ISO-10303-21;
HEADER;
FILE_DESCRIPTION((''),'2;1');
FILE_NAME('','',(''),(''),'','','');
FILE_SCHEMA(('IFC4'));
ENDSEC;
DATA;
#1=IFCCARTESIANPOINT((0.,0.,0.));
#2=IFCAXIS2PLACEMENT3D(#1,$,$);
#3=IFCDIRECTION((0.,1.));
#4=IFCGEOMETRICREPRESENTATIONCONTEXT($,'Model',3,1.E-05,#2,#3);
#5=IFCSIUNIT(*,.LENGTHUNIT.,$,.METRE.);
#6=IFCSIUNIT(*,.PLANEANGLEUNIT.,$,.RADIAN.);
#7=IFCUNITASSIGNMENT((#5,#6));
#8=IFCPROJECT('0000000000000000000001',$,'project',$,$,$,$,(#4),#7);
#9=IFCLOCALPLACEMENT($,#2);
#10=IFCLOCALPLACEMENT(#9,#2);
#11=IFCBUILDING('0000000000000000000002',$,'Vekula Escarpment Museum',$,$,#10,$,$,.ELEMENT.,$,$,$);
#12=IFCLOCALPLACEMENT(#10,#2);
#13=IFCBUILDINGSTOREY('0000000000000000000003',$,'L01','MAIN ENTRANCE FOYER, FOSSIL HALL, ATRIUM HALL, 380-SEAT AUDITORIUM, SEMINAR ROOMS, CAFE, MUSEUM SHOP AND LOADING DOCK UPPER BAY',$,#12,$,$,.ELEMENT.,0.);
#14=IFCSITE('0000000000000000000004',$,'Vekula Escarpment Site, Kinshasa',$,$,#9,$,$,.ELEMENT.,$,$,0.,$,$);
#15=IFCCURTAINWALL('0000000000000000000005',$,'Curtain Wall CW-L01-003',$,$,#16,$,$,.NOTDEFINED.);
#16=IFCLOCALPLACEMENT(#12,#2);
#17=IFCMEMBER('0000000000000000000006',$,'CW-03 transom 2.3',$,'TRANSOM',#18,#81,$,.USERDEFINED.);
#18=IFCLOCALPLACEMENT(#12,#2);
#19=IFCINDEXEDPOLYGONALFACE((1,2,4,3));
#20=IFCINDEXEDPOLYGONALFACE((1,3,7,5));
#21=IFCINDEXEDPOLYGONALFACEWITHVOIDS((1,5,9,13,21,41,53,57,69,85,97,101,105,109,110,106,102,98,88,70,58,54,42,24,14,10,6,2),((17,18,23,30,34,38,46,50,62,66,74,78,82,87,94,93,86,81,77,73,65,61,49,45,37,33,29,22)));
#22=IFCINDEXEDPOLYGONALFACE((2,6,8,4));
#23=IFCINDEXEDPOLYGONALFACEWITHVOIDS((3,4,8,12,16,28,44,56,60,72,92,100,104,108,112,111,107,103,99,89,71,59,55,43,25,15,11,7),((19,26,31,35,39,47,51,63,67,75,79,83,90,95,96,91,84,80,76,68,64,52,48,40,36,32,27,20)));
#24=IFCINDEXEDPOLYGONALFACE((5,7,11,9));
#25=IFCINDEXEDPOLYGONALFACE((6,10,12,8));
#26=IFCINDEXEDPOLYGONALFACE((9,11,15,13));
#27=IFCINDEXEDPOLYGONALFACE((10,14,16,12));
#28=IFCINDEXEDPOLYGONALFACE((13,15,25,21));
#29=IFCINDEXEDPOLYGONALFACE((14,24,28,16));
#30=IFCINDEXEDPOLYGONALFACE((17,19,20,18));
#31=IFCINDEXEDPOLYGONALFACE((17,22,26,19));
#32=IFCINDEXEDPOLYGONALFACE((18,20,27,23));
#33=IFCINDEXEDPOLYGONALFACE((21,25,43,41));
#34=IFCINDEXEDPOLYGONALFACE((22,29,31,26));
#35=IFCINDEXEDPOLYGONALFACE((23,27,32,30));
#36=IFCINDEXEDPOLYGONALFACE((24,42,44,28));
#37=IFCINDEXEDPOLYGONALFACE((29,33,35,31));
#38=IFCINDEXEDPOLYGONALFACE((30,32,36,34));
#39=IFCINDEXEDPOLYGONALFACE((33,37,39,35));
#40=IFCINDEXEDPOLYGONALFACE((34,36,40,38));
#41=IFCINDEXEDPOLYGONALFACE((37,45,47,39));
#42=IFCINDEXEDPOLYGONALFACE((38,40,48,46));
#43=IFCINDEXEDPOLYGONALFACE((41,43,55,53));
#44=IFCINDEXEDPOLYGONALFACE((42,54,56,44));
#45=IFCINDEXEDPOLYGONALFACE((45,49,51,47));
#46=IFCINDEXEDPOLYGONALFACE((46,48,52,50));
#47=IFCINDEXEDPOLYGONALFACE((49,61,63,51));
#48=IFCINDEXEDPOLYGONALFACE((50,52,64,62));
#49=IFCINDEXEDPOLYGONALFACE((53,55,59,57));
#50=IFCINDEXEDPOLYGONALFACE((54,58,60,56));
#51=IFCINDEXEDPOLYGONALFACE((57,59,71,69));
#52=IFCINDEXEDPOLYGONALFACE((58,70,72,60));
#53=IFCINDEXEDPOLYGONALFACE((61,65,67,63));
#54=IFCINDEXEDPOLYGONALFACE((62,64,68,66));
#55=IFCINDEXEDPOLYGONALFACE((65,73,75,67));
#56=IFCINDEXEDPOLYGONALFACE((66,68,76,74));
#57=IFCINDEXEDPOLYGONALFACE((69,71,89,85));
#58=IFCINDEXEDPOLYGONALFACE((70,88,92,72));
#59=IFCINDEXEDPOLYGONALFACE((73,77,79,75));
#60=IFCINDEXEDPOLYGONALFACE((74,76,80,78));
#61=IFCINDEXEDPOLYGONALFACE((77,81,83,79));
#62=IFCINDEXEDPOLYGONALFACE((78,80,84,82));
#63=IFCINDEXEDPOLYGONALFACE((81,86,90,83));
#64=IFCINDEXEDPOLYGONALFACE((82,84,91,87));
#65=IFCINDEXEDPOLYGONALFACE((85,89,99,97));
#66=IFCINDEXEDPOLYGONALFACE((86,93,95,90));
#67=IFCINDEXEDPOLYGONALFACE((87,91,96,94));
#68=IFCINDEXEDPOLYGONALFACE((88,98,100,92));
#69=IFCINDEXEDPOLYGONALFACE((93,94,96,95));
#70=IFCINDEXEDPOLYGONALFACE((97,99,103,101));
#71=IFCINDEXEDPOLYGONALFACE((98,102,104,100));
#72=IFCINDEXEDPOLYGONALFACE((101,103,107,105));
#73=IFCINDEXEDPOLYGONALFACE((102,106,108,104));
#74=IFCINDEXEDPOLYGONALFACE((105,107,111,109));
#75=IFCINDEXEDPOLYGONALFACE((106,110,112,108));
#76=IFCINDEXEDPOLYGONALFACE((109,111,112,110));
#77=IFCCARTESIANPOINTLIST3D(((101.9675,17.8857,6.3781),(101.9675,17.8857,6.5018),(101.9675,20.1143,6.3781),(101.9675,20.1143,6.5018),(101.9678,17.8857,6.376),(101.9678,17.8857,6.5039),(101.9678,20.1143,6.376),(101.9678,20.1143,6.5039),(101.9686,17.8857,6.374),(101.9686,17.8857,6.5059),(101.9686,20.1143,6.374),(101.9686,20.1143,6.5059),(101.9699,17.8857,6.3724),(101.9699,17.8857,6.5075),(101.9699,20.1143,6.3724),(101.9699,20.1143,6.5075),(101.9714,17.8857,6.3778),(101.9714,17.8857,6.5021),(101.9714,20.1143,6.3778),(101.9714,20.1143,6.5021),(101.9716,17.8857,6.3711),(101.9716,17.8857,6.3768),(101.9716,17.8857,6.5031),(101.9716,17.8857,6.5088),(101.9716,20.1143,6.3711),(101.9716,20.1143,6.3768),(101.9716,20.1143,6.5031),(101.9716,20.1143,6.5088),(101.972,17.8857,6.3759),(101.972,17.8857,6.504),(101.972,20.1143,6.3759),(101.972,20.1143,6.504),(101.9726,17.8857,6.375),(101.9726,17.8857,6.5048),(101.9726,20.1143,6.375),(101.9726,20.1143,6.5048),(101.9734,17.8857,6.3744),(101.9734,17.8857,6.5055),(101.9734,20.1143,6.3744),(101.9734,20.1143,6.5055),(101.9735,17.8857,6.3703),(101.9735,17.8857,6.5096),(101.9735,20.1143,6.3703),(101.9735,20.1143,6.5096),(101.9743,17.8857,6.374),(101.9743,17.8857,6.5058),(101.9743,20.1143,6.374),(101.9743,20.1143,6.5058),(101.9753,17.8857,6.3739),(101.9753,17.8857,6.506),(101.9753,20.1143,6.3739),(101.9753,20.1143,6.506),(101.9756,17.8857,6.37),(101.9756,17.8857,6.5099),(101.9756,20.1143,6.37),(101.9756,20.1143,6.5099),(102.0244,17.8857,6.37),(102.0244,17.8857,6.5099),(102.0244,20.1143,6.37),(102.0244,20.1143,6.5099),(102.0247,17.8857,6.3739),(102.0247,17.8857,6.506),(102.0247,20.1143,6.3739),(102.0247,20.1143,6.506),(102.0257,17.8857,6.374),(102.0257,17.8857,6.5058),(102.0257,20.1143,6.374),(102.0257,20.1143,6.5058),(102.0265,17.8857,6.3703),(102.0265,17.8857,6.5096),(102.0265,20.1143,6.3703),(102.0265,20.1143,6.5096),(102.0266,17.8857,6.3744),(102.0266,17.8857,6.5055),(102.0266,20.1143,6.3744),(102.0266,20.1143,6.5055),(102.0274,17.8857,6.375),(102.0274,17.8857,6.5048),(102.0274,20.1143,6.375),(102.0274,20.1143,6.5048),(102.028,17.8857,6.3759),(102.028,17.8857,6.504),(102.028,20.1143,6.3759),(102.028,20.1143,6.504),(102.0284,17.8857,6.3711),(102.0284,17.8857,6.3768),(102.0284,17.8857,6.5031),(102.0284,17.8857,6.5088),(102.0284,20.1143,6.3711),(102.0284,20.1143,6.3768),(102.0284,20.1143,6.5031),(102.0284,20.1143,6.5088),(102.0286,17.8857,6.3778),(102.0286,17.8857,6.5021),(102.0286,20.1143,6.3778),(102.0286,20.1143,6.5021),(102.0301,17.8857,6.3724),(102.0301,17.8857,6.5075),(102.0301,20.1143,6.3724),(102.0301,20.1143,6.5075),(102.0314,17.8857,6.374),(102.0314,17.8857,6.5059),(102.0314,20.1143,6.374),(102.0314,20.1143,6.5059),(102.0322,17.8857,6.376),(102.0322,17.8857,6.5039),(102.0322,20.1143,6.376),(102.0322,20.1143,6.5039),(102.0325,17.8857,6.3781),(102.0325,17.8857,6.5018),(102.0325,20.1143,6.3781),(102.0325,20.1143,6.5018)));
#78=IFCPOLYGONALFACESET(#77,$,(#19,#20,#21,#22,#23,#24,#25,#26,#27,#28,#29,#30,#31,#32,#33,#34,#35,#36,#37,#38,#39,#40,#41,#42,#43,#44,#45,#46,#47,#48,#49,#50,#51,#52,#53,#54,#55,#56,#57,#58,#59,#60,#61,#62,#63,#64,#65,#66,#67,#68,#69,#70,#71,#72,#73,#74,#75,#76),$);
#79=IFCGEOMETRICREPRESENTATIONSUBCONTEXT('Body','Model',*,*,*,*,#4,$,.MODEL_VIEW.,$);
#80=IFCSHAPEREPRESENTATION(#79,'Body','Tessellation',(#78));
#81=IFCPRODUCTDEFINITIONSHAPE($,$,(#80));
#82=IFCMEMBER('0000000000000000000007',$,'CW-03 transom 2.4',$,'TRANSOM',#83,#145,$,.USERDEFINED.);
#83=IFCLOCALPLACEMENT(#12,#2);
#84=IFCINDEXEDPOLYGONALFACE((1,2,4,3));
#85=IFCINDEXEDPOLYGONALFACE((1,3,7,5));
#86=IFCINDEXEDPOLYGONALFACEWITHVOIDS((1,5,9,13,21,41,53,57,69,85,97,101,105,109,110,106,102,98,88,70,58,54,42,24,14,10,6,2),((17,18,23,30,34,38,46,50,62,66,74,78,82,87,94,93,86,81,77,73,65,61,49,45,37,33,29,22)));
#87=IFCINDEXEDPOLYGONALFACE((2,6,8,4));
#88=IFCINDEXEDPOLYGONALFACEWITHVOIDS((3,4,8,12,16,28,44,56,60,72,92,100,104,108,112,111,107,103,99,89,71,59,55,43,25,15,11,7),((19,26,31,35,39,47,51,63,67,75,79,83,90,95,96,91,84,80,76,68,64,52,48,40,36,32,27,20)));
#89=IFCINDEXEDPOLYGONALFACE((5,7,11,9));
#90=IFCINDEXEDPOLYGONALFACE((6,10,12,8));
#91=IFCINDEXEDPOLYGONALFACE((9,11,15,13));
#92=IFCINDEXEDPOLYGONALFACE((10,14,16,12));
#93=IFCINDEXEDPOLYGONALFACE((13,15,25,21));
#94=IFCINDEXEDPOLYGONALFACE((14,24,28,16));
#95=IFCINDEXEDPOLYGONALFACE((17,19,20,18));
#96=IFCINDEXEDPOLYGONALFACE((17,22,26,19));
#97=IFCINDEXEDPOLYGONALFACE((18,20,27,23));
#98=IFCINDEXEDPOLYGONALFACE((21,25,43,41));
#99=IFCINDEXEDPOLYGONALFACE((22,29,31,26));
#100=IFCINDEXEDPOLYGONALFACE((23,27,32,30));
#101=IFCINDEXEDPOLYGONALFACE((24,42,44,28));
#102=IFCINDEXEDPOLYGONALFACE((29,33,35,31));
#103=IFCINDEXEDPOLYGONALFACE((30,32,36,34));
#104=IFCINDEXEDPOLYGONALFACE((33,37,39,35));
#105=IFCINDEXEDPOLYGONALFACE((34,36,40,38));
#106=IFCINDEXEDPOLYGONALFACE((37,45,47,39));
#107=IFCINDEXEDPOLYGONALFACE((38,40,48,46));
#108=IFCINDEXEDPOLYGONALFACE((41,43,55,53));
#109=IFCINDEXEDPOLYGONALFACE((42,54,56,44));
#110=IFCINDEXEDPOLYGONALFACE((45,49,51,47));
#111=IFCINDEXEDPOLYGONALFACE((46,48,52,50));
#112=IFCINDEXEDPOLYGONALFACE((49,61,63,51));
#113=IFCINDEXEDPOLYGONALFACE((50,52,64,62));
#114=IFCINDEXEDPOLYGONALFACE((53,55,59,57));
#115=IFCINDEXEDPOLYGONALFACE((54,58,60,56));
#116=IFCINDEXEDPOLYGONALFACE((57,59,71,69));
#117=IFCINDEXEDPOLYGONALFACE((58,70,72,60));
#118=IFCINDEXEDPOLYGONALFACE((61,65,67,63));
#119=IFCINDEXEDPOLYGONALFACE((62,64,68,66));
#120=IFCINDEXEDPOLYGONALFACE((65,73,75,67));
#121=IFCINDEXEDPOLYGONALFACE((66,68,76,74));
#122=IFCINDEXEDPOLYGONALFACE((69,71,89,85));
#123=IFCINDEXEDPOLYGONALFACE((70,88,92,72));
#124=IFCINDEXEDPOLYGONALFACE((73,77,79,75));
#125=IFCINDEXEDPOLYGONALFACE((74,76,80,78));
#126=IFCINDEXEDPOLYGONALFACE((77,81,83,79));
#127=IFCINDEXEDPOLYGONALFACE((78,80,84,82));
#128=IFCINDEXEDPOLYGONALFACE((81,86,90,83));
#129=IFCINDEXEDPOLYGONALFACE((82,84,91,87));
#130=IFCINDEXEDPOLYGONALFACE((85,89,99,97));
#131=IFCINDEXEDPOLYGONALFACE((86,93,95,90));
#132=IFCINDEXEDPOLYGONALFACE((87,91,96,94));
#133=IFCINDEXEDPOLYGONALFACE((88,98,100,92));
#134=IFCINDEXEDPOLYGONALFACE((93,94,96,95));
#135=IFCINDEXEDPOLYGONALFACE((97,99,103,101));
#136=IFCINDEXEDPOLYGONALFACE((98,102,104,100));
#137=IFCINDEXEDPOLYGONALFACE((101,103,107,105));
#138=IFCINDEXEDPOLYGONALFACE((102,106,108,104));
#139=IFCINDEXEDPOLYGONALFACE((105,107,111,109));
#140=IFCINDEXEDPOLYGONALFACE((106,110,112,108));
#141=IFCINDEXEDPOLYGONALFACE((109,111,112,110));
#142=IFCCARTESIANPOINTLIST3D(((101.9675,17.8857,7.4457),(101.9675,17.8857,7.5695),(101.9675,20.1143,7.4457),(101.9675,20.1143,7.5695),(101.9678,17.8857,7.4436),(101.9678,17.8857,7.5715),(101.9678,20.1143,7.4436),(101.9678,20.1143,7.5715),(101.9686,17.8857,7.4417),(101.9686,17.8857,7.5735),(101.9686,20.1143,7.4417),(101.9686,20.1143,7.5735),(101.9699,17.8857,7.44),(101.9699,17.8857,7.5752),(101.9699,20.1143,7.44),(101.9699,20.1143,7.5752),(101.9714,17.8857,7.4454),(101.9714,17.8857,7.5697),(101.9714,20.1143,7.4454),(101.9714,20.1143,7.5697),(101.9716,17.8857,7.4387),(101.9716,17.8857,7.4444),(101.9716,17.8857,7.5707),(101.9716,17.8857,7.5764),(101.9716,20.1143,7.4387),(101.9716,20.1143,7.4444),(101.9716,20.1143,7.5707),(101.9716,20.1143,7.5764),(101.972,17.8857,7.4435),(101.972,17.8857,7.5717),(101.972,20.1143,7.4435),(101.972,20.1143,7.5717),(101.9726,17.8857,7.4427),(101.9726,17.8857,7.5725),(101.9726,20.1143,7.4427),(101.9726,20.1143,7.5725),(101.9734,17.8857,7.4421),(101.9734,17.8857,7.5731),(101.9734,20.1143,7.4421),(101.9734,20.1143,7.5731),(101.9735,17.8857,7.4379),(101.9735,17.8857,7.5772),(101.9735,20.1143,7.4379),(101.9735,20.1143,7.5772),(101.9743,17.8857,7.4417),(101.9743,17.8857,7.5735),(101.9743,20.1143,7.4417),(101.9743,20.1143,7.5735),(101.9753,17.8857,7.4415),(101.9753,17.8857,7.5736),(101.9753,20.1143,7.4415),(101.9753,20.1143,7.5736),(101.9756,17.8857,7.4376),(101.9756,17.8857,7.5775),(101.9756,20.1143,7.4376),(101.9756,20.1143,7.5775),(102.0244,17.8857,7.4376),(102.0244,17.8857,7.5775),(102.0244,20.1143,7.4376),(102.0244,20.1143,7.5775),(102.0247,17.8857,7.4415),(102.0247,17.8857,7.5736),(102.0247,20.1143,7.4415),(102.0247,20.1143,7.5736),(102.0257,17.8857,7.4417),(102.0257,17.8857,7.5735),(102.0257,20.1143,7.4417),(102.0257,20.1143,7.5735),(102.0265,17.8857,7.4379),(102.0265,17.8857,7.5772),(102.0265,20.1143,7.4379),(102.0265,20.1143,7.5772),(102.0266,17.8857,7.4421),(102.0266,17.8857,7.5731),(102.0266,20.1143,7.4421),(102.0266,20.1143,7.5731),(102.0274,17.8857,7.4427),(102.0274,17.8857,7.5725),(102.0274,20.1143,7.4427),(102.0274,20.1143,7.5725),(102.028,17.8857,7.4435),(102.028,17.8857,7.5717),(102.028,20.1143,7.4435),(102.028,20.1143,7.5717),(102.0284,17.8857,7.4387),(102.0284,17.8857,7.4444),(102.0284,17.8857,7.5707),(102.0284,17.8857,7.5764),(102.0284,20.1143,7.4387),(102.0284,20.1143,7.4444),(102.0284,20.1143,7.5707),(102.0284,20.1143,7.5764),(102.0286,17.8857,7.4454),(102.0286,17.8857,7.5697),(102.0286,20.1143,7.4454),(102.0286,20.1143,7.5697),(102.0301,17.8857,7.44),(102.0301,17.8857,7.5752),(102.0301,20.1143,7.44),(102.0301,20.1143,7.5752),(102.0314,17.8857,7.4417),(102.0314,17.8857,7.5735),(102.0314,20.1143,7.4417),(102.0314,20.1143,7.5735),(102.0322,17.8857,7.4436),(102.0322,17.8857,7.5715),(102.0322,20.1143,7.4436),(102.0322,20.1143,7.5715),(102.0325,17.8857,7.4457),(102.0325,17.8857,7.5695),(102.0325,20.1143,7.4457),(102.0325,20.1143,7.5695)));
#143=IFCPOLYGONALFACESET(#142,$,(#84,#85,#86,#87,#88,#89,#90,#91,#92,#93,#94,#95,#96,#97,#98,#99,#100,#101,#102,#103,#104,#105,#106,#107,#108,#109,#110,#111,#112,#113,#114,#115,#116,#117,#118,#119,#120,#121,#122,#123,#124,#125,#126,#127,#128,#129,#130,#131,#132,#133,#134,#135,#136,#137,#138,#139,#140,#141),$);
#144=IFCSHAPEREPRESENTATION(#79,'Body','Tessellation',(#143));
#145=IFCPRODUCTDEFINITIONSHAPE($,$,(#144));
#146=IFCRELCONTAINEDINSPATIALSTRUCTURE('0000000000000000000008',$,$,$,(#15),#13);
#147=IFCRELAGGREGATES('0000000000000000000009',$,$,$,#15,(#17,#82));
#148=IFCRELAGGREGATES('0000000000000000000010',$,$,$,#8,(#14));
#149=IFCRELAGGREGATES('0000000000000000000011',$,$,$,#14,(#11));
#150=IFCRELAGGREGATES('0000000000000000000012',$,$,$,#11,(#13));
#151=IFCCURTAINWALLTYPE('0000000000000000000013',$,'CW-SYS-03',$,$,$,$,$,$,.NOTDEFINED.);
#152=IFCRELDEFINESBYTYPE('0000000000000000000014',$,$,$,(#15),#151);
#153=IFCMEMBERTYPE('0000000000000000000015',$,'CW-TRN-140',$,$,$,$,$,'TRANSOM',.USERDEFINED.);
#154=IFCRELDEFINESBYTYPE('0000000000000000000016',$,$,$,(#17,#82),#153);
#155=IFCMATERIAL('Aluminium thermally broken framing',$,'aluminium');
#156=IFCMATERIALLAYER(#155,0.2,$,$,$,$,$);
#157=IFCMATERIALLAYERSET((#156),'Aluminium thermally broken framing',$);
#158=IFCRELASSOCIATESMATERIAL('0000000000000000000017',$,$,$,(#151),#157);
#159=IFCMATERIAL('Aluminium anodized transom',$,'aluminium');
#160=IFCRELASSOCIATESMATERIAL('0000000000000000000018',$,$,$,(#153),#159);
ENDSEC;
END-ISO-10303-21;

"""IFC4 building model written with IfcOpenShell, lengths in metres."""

from ifc_helpers import new_model, si_unit, direction, frame, origin, origin_2d, place, context, subcontext, project, spatial, hollow_rectangle, extrude, material, layer, layer_set, material_profile, profile_set, type_object, element, aggregate, save


model = new_model("IFC4")

# Units and contexts
model_context = context("Model", 3, precision=1e-05, world=origin(), true_north=direction((0.0, 1.0)))
body_context = subcontext(model_context, "Body", "Model", "MODEL_VIEW")
ifc_project = project(units=[si_unit("LENGTHUNIT", "METRE"), si_unit("PLANEANGLEUNIT", "RADIAN")], contexts=[model_context])

# Site, building, storey
site_placement = place(None, origin())
site = spatial("IfcSite", under=ifc_project, at=site_placement, Name="Vekula Escarpment Site, Kinshasa", CompositionType="ELEMENT", RefElevation=0.0)
building_placement = place(site_placement, origin())
building = spatial("IfcBuilding", under=site, at=building_placement, Name="Vekula Escarpment Museum", CompositionType="ELEMENT")
storey_placement = place(building_placement, origin())
storey = spatial("IfcBuildingStorey", under=building, at=storey_placement, Name="L01", Description="MAIN ENTRANCE FOYER, FOSSIL HALL, ATRIUM HALL, 380-SEAT AUDITORIUM, SEMINAR ROOMS, CAFE, MUSEUM SHOP AND LOADING DOCK UPPER BAY", CompositionType="ELEMENT", Elevation=0.0)

# Curtain wall
ifc_material_1 = material(Name="Aluminium thermally broken framing", Category="aluminium")
ifc_layer_1 = layer(ifc_material_1, 0.2)
ifc_layer_set_1 = layer_set([ifc_layer_1], Name="Aluminium thermally broken framing")
curtain_wall_type_1 = type_object("IfcCurtainWallType", Name="CW-SYS-03", PredefinedType="NOTDEFINED", material=ifc_layer_set_1)
curtain_wall_1_placement = place(storey_placement, origin())
curtain_wall_1 = element("IfcCurtainWall", 1, at=curtain_wall_1_placement, inside=storey, type_object=curtain_wall_type_1, Name="Curtain Wall CW-L01-003", PredefinedType="NOTDEFINED")

# Members
ifc_material_2 = material(Name="Aluminium anodized transom", Category="aluminium")
ifc_material_profile_1 = material_profile(ifc_material_2, hollow_rectangle(XDim=0.0649, YDim=0.1399, WallThickness=0.0039, InnerFilletRadius=0.0039, OuterFilletRadius=0.0081, at=origin_2d()), Name="ALU 140x65x4")
ifc_profile_set_1 = profile_set([ifc_material_profile_1], Name="Aluminium anodized transom")
member_type_1 = type_object("IfcMemberType", Name="CW-TRN-140", ElementType="TRANSOM", PredefinedType="USERDEFINED", material=ifc_profile_set_1)
member_1_placement = place(storey_placement, frame((102.0, 17.8857, 6.4399), z_axis=(0.0, 1.0, 0.0), x_axis=(-1.0, 0.0, 0.0)))
member_1 = element("IfcMember", 2, at=member_1_placement, type_object=member_type_1, Name="CW-03 transom 2.3", ObjectType="TRANSOM", PredefinedType="USERDEFINED", context=body_context, shape_type="SweptSolid", body=[
    extrude(hollow_rectangle(XDim=0.0649, YDim=0.1399, WallThickness=0.0039, InnerFilletRadius=0.0039, OuterFilletRadius=0.0081, at=origin_2d()), origin(), (0.0, 0.0, 1.0), 2.2285),
])
member_2_placement = place(storey_placement, frame((102.0, 17.8857, 7.5076), z_axis=(0.0, 1.0, 0.0), x_axis=(-1.0, 0.0, 0.0)))
member_2 = element("IfcMember", 3, at=member_2_placement, type_object=member_type_1, Name="CW-03 transom 2.4", ObjectType="TRANSOM", PredefinedType="USERDEFINED", context=body_context, shape_type="SweptSolid", body=[
    extrude(hollow_rectangle(XDim=0.0649, YDim=0.1399, WallThickness=0.0039, InnerFilletRadius=0.0039, OuterFilletRadius=0.0081, at=origin_2d()), origin(), (0.0, 0.0, 1.0), 2.2285),
])

aggregate(curtain_wall_1, [member_1, member_2])

save(model, "model.ifc")
